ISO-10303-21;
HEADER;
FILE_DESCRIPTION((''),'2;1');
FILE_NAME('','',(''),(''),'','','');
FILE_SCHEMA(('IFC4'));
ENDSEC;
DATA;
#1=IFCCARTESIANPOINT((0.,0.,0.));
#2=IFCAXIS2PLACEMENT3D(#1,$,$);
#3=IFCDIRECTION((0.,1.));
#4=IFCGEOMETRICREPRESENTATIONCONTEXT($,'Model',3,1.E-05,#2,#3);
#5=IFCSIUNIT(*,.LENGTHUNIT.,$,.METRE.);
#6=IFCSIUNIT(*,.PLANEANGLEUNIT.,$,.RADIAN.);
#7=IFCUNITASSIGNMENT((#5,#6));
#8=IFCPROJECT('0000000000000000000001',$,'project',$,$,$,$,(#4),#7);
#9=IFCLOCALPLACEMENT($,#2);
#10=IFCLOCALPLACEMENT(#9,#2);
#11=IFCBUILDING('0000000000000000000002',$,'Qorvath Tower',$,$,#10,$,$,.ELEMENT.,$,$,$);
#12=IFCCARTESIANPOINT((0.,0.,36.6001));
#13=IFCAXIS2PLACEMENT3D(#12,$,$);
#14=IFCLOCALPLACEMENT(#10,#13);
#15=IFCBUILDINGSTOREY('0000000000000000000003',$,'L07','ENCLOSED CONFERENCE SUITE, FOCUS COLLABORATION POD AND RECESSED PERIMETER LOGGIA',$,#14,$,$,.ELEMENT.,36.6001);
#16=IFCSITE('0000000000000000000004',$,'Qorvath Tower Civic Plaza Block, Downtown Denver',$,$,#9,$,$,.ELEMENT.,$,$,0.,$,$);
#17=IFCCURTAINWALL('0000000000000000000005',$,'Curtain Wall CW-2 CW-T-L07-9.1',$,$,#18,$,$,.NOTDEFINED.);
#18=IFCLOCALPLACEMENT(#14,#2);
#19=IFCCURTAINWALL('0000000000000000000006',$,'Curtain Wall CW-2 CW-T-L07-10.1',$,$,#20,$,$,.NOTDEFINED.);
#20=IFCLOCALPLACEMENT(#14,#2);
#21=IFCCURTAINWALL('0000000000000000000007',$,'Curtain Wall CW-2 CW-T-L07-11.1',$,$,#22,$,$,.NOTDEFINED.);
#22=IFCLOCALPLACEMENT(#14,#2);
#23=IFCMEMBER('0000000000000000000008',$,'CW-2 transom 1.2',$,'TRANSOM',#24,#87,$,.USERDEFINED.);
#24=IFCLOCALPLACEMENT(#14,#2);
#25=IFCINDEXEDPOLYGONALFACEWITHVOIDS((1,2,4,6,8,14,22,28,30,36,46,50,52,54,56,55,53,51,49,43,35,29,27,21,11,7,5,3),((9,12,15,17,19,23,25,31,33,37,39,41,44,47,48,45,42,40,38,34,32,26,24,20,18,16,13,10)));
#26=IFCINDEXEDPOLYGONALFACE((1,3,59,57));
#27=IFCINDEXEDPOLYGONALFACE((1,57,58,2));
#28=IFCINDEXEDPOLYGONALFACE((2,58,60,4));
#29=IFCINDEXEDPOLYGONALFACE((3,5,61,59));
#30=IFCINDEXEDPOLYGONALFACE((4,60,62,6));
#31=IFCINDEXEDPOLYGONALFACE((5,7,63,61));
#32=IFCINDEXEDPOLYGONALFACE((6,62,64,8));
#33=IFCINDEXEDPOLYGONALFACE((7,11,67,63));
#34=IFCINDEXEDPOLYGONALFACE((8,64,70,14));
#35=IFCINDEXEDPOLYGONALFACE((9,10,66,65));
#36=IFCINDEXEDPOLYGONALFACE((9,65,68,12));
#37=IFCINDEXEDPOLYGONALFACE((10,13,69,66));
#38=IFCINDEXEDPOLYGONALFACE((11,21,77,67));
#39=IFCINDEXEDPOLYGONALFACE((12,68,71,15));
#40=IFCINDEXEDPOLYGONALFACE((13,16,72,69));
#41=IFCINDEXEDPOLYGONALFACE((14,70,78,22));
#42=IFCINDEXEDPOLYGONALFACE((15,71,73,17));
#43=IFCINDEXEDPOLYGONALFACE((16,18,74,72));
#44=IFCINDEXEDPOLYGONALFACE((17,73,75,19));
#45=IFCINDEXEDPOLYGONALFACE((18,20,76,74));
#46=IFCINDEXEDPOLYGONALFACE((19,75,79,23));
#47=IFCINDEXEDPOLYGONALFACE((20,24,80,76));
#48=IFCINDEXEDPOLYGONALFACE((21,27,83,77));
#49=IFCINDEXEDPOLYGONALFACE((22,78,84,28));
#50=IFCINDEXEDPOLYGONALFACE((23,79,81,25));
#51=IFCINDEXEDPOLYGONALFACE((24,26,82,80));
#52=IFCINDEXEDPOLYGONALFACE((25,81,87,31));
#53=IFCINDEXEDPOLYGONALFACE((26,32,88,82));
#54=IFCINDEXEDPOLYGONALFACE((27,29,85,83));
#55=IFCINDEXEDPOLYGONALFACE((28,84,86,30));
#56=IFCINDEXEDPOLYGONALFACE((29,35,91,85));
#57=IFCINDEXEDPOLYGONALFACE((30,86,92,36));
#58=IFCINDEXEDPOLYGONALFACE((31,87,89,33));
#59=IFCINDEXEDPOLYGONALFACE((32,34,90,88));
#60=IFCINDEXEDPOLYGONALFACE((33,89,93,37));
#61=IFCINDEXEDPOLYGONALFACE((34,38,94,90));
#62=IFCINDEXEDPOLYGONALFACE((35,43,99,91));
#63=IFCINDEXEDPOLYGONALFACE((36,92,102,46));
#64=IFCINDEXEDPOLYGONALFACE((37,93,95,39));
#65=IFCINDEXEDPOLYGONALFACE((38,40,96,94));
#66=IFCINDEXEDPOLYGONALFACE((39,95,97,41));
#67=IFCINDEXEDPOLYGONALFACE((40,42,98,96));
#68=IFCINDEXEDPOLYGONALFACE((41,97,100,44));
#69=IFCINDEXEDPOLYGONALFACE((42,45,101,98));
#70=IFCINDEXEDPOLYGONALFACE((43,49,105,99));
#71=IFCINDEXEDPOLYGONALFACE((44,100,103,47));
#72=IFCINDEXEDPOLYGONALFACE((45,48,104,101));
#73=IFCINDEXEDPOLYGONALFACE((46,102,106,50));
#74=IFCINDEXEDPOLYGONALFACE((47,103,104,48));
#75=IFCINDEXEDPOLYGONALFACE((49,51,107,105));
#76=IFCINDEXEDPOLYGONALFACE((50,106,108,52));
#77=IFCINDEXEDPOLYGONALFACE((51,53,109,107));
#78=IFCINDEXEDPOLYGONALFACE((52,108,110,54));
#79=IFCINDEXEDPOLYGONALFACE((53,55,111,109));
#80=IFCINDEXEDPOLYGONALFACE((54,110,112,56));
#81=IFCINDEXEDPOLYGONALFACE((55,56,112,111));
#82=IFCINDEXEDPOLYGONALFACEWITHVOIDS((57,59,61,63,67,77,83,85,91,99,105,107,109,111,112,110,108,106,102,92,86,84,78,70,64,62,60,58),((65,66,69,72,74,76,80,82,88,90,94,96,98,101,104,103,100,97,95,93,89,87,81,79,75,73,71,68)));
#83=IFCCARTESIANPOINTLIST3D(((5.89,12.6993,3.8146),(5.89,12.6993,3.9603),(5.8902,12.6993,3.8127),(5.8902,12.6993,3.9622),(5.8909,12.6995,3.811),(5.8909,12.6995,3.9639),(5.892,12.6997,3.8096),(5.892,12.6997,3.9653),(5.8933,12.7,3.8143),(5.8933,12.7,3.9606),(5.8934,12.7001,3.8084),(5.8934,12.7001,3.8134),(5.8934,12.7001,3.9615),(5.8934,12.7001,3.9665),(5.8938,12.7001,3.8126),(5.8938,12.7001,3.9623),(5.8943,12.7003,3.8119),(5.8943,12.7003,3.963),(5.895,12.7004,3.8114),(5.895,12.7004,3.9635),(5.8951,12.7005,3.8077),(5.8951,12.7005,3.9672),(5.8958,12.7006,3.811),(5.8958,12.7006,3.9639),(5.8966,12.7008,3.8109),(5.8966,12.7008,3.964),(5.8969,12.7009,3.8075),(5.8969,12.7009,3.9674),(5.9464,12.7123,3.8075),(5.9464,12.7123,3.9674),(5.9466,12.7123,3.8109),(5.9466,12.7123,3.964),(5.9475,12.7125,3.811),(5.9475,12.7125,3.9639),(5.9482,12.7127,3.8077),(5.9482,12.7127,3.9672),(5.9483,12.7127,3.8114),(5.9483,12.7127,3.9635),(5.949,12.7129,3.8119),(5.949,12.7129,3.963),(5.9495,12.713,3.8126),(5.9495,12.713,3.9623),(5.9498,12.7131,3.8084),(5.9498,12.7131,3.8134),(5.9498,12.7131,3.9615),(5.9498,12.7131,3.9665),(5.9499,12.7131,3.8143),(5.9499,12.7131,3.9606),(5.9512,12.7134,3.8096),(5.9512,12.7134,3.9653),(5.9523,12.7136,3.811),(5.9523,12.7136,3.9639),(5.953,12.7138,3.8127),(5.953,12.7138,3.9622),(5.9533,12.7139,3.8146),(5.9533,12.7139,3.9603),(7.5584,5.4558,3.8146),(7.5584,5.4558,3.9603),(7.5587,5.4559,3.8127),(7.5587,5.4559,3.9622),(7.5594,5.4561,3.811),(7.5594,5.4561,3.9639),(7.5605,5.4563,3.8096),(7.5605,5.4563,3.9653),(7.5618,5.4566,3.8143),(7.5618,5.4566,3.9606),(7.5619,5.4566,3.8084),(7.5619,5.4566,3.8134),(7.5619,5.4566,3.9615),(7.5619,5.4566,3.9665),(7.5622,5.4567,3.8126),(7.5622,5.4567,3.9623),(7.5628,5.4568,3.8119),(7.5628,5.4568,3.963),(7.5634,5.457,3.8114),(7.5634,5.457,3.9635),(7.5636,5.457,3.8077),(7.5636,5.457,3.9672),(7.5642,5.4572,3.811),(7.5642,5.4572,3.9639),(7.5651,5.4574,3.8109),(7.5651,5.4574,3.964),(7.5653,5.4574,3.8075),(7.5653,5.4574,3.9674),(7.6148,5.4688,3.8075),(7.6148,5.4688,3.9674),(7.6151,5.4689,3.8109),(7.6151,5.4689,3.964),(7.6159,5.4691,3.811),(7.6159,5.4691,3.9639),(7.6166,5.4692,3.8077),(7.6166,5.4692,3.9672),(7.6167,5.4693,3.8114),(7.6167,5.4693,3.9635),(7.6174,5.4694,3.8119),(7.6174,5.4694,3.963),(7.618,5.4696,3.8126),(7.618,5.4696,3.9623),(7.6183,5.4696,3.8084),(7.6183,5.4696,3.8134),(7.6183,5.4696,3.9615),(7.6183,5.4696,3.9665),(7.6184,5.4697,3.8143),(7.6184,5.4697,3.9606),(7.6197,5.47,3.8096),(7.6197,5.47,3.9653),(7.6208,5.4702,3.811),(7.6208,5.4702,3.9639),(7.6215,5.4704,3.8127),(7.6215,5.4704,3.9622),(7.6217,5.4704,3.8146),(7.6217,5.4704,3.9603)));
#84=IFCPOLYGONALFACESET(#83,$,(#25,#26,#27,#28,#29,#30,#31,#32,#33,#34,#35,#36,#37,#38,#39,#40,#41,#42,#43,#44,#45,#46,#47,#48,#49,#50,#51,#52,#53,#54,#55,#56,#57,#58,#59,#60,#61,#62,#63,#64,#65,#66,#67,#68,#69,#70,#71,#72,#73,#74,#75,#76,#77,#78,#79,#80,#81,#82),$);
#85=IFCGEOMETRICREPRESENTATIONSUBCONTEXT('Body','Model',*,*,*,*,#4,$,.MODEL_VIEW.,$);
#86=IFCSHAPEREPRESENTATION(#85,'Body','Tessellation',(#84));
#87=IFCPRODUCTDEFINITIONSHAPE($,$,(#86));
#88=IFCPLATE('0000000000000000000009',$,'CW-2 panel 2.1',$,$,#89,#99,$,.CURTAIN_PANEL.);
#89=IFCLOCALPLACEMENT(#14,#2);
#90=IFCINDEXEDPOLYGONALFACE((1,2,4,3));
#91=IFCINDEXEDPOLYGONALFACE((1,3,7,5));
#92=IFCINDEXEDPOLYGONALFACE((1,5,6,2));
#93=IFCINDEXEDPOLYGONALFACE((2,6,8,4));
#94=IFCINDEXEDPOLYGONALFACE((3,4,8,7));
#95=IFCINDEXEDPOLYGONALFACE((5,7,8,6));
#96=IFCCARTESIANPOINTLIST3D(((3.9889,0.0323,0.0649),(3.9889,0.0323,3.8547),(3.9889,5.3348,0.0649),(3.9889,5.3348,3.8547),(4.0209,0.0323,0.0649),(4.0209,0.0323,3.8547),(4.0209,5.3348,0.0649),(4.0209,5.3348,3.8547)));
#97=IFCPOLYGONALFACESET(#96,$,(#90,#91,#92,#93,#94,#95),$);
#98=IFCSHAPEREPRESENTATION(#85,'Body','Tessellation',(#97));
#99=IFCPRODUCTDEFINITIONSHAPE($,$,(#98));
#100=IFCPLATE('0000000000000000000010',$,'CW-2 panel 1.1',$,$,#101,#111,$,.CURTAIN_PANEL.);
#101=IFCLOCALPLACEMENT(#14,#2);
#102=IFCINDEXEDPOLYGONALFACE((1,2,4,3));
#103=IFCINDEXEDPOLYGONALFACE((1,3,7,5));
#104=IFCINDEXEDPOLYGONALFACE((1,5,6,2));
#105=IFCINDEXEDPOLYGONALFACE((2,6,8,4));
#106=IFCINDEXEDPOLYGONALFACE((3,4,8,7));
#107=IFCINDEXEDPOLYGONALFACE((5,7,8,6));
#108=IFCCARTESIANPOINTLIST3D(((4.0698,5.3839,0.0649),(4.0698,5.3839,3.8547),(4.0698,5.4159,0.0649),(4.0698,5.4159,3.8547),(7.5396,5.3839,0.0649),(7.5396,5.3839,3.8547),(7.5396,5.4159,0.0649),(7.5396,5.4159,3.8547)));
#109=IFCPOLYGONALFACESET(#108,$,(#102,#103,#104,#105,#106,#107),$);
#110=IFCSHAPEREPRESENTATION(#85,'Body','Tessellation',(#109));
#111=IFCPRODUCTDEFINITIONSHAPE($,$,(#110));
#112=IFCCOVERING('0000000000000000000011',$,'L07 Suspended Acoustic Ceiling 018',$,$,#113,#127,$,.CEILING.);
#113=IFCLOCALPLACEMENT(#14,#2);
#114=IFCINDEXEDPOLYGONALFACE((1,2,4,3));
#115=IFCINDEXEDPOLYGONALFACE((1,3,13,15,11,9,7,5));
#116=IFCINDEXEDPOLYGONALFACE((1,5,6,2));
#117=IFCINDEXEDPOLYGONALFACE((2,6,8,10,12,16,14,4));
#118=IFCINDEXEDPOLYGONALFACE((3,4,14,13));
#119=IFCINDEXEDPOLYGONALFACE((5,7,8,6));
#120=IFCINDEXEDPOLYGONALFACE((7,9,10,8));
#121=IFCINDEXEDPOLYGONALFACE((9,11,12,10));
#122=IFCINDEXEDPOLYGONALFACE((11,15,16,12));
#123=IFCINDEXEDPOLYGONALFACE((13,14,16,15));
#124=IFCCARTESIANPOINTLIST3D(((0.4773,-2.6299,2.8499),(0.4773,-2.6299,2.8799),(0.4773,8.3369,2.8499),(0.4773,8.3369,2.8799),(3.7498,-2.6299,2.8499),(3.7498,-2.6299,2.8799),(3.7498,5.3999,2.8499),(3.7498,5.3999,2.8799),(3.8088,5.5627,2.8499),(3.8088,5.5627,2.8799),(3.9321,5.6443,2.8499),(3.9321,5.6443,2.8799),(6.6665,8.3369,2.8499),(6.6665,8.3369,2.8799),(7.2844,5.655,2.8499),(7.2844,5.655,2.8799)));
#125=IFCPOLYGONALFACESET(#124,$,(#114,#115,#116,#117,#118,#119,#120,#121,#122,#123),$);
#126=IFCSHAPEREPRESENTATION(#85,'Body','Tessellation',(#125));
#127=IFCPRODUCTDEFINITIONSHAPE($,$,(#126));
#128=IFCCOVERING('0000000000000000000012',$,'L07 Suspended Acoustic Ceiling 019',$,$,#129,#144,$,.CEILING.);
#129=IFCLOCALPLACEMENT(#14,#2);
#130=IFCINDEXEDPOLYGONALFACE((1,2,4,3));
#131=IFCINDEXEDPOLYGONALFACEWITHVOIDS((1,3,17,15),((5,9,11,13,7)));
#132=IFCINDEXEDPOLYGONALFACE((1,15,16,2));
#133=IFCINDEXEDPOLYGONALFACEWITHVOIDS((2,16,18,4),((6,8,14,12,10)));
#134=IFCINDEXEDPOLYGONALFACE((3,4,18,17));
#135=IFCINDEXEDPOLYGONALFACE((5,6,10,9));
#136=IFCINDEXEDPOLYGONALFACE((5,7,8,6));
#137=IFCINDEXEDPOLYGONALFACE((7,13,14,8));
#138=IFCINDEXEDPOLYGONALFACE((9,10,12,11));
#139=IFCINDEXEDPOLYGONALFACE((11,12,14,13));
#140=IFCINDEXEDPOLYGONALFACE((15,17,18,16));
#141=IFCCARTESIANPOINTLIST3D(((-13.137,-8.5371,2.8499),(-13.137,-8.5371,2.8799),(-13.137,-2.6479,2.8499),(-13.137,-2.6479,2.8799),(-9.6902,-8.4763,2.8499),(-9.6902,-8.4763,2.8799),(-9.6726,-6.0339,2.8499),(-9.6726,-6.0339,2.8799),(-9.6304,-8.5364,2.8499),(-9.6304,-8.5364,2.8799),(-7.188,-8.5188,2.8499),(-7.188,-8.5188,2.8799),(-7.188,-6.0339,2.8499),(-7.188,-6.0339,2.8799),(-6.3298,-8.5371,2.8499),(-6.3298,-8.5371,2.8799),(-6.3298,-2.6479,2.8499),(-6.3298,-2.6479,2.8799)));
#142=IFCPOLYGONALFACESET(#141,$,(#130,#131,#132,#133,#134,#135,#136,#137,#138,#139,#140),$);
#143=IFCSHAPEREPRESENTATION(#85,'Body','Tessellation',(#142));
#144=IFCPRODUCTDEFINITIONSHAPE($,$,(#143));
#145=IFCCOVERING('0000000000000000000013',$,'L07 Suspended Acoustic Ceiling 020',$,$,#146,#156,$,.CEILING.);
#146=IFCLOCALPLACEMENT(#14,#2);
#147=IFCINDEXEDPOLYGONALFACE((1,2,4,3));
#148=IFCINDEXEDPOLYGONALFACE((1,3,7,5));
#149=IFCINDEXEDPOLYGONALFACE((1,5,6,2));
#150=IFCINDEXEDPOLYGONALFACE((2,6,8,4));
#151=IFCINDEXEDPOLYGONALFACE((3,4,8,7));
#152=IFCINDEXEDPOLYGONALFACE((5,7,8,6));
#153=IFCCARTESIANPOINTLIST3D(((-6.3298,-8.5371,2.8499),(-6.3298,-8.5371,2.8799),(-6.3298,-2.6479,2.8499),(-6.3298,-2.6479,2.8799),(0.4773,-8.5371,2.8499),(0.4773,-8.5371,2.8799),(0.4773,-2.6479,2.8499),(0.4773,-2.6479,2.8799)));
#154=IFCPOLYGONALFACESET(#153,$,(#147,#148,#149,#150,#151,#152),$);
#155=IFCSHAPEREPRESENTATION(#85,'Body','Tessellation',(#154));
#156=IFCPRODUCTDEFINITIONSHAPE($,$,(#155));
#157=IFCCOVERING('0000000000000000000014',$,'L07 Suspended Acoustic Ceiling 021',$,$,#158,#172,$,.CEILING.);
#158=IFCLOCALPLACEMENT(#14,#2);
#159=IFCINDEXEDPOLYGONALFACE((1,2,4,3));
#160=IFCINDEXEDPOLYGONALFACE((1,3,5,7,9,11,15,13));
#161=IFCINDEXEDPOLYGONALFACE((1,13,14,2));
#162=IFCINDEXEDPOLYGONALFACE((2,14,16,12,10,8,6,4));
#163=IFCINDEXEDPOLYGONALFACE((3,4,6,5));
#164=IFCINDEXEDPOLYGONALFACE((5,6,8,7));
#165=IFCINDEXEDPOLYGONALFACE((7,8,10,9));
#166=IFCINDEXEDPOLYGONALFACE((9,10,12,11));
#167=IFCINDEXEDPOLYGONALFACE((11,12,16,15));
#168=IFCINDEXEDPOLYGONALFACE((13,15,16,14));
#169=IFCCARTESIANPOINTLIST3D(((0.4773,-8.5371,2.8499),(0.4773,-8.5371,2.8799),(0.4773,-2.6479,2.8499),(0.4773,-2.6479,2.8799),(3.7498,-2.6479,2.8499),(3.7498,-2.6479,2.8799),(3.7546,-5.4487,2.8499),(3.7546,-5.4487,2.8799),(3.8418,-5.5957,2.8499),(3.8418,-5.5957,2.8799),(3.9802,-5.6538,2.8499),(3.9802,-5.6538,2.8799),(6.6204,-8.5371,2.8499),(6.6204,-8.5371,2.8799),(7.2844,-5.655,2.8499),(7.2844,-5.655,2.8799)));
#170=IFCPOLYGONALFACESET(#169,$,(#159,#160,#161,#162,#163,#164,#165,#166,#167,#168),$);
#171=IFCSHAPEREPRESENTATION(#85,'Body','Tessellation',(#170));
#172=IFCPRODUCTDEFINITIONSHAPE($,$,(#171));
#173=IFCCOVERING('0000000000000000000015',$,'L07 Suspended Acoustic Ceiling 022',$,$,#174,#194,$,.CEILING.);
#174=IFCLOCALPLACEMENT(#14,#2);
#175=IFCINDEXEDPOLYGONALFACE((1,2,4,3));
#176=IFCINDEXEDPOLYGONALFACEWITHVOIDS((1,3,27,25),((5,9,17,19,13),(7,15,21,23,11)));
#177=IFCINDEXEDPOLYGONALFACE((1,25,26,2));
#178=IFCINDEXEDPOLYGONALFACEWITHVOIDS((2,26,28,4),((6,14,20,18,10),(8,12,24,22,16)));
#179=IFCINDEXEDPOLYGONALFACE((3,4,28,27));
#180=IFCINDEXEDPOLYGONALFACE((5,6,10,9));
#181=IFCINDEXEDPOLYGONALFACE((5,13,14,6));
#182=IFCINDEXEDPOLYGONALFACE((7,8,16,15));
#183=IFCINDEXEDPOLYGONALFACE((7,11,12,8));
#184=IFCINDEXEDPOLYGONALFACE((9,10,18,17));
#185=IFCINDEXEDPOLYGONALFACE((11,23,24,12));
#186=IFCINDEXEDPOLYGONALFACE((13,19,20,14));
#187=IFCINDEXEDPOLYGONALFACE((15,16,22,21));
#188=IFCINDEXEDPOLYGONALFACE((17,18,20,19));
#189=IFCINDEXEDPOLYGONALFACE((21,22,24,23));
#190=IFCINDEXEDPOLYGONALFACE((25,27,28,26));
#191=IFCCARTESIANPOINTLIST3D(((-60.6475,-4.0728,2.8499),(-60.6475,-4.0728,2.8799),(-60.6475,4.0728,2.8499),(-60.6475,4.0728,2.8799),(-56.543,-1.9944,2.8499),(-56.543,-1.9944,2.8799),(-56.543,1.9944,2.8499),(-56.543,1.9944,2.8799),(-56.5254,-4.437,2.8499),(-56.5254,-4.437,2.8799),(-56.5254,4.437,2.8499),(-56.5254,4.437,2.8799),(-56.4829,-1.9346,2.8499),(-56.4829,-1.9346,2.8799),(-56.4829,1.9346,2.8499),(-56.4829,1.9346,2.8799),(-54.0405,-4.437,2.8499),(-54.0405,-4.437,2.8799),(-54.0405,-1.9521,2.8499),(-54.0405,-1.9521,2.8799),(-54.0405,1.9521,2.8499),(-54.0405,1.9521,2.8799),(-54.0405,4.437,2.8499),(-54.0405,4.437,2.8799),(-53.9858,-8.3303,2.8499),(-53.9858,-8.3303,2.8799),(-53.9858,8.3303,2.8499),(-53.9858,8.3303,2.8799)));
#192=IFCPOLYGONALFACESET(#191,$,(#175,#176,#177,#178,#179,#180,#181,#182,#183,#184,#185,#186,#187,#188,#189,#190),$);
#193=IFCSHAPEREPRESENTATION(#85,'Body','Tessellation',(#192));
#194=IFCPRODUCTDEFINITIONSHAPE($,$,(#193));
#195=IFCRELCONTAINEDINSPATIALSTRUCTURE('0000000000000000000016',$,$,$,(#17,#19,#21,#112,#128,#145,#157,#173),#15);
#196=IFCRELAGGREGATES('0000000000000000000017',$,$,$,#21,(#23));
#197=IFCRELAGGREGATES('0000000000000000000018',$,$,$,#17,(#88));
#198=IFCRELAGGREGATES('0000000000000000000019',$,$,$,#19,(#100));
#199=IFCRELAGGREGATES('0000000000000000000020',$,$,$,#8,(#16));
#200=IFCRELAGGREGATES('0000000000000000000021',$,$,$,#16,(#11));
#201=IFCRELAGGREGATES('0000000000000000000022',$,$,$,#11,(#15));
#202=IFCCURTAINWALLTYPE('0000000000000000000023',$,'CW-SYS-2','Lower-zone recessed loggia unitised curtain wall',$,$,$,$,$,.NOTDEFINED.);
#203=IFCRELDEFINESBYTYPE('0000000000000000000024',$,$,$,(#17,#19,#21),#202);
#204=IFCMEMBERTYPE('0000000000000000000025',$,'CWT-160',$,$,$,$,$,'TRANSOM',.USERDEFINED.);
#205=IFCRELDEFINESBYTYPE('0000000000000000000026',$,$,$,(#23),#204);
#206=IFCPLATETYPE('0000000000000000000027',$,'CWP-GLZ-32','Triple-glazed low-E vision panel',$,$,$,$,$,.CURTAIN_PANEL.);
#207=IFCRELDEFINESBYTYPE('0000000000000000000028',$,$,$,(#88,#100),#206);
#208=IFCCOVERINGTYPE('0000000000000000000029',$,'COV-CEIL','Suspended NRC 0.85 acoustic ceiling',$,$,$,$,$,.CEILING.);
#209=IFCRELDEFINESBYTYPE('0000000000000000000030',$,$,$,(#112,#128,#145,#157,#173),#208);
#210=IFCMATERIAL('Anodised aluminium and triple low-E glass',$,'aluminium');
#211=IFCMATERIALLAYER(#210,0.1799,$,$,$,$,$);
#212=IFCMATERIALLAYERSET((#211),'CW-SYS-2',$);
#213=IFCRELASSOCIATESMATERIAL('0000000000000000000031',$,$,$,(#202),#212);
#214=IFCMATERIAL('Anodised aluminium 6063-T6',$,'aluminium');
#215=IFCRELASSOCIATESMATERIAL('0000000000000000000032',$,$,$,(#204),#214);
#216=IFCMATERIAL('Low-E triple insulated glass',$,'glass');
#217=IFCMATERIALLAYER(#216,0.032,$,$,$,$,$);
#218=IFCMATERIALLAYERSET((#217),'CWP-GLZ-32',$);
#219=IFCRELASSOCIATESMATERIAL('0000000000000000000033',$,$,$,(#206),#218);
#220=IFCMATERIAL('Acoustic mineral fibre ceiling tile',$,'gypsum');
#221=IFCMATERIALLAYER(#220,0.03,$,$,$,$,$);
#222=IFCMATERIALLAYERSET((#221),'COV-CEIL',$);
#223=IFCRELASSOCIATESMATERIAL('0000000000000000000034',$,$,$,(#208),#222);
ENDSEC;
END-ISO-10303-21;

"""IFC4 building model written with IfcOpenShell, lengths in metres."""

from ifc_helpers import new_model, si_unit, direction, frame, origin, origin_2d, place, context, subcontext, project, spatial, polyline, rectangle, hollow_rectangle, outline, extrude, material, layer, layer_set, material_profile, profile_set, type_object, element, aggregate, save


model = new_model("IFC4")

# Units and contexts
model_context = context("Model", 3, precision=1e-05, world=origin(), true_north=direction((0.0, 1.0)))
body_context = subcontext(model_context, "Body", "Model", "MODEL_VIEW")
ifc_project = project(units=[si_unit("LENGTHUNIT", "METRE"), si_unit("PLANEANGLEUNIT", "RADIAN")], contexts=[model_context])

# Site, building, storey
site_placement = place(None, origin())
site = spatial("IfcSite", under=ifc_project, at=site_placement, Name="Qorvath Tower Civic Plaza Block, Downtown Denver", CompositionType="ELEMENT", RefElevation=0.0)
building_placement = place(site_placement, origin())
building = spatial("IfcBuilding", under=site, at=building_placement, Name="Qorvath Tower", CompositionType="ELEMENT")
storey_placement = place(building_placement, frame((0.0, 0.0, 36.6001)))
storey = spatial("IfcBuildingStorey", under=building, at=storey_placement, Name="L07", Description="ENCLOSED CONFERENCE SUITE, FOCUS COLLABORATION POD AND RECESSED PERIMETER LOGGIA", CompositionType="ELEMENT", Elevation=36.6001)

# Curtain walls
ifc_material_1 = material(Name="Anodised aluminium and triple low-E glass", Category="aluminium")
ifc_layer_1 = layer(ifc_material_1, 0.1799)
ifc_layer_set_1 = layer_set([ifc_layer_1], Name="CW-SYS-2")
curtain_wall_type = type_object("IfcCurtainWallType", Name="CW-SYS-2", Description="Lower-zone recessed loggia unitised curtain wall", PredefinedType="NOTDEFINED", material=ifc_layer_set_1)
curtain_wall_1_placement = place(storey_placement, origin())
curtain_wall_1 = element("IfcCurtainWall", 1, at=curtain_wall_1_placement, inside=storey, type_object=curtain_wall_type, Name="Curtain Wall CW-2 CW-T-L07-9.1", PredefinedType="NOTDEFINED")
curtain_wall_2_placement = place(storey_placement, origin())
curtain_wall_2 = element("IfcCurtainWall", 2, at=curtain_wall_2_placement, inside=storey, type_object=curtain_wall_type, Name="Curtain Wall CW-2 CW-T-L07-10.1", PredefinedType="NOTDEFINED")

# Curtain wall
curtain_wall_3_placement = place(storey_placement, origin())
curtain_wall_3 = element("IfcCurtainWall", 3, at=curtain_wall_3_placement, inside=storey, type_object=curtain_wall_type, Name="Curtain Wall CW-2 CW-T-L07-11.1", PredefinedType="NOTDEFINED")

# Member
ifc_material_2 = material(Name="Anodised aluminium 6063-T6", Category="aluminium")
ifc_material_profile_1 = material_profile(ifc_material_2, hollow_rectangle(XDim=0.0649, YDim=0.1599, WallThickness=0.0034, InnerFilletRadius=0.0034, OuterFilletRadius=0.0071, at=origin_2d()), Name="CWT 160x65")
ifc_profile_set_1 = profile_set([ifc_material_profile_1], Name="Anodised aluminium 6063-T6")
member_type_1 = type_object("IfcMemberType", Name="CWT-160", ElementType="TRANSOM", PredefinedType="USERDEFINED", material=ifc_profile_set_1)
member_1_placement = place(storey_placement, frame((7.5901, 5.4631, 3.8875), z_axis=(-0.224464, 0.974482, 0.0), x_axis=(-0.974482, -0.224464, 0.0)))
member_1 = element("IfcMember", 4, at=member_1_placement, type_object=member_type_1, Name="CW-2 transom 1.2", ObjectType="TRANSOM", PredefinedType="USERDEFINED", context=body_context, shape_type="SweptSolid", body=[
    extrude(hollow_rectangle(XDim=0.0649, YDim=0.1599, WallThickness=0.0034, InnerFilletRadius=0.0034, OuterFilletRadius=0.0071, at=origin_2d()), origin(), (0.0, 0.0, 1.0), 7.4331),
])
aggregate(curtain_wall_3, [member_1])

# Plates
ifc_material_3 = material(Name="Low-E triple insulated glass", Category="glass")
ifc_layer_2 = layer(ifc_material_3, 0.032)
ifc_layer_set_2 = layer_set([ifc_layer_2], Name="CWP-GLZ-32")
plate_type = type_object("IfcPlateType", Name="CWP-GLZ-32", Description="Triple-glazed low-E vision panel", PredefinedType="CURTAIN_PANEL", material=ifc_layer_set_2)
plate_1_placement = place(storey_placement, frame((4.0049, 2.6836, 0.0649), z_axis=(0.0, 0.0, 1.0), x_axis=(0.0, 1.0, 0.0)))
plate_1 = element("IfcPlate", 5, at=plate_1_placement, type_object=plate_type, Name="CW-2 panel 2.1", PredefinedType="CURTAIN_PANEL", context=body_context, shape_type="SweptSolid", body=[
    extrude(rectangle(XDim=5.3025, YDim=0.032, at=origin_2d()), origin(), (0.0, 0.0, 1.0), 3.7898),
])
aggregate(curtain_wall_1, [plate_1])
plate_2_placement = place(storey_placement, frame((5.8047, 5.3999, 0.0649), z_axis=(0.0, 0.0, 1.0), x_axis=(1.0, 0.0, 0.0)))
plate_2 = element("IfcPlate", 6, at=plate_2_placement, type_object=plate_type, Name="CW-2 panel 1.1", PredefinedType="CURTAIN_PANEL", context=body_context, shape_type="SweptSolid", body=[
    extrude(rectangle(XDim=3.4697, YDim=0.032, at=origin_2d()), origin(), (0.0, 0.0, 1.0), 3.7898),
])
aggregate(curtain_wall_2, [plate_2])

# Coverings
ifc_material_4 = material(Name="Acoustic mineral fibre ceiling tile", Category="gypsum")
ifc_layer_3 = layer(ifc_material_4, 0.03)
ifc_layer_set_3 = layer_set([ifc_layer_3], Name="COV-CEIL")
covering_type_1 = type_object("IfcCoveringType", Name="COV-CEIL", Description="Suspended NRC 0.85 acoustic ceiling", PredefinedType="CEILING", material=ifc_layer_set_3)
covering_1_placement = place(storey_placement, frame((0.0, 0.0, 2.8499)))
element("IfcCovering", 7, at=covering_1_placement, inside=storey, type_object=covering_type_1, Name="L07 Suspended Acoustic Ceiling 018", PredefinedType="CEILING", context=body_context, shape_type="SweptSolid", body=[
    extrude(outline(polyline([(3.8088, 5.5627), (3.9321, 5.6443), (7.2844, 5.655), (6.6665, 8.3369), (0.4773, 8.3369), (0.4773, -2.6299), (3.7498, -2.6299), (3.7498, 5.3999), (3.8088, 5.5627)])), origin(), (0.0, 0.0, 1.0), 0.03),
])
covering_2_placement = place(storey_placement, frame((0.0, 0.0, 2.8499)))
element("IfcCovering", 8, at=covering_2_placement, inside=storey, type_object=covering_type_1, Name="L07 Suspended Acoustic Ceiling 019", PredefinedType="CEILING", context=body_context, shape_type="SweptSolid", body=[
    extrude(outline(polyline([(-6.3298, -8.5371), (-6.3298, -2.6479), (-13.137, -2.6479), (-13.137, -8.5371), (-6.3298, -8.5371)]), holes=[polyline([(-9.6902, -8.4763), (-9.6726, -6.0339), (-7.188, -6.0339), (-7.188, -8.5188), (-9.6304, -8.5364), (-9.6902, -8.4763)])]), origin(), (0.0, 0.0, 1.0), 0.03),
])
covering_3_placement = place(storey_placement, frame((0.0, 0.0, 2.8499)))
element("IfcCovering", 9, at=covering_3_placement, inside=storey, type_object=covering_type_1, Name="L07 Suspended Acoustic Ceiling 020", PredefinedType="CEILING", context=body_context, shape_type="SweptSolid", body=[
    extrude(outline(polyline([(0.4773, -8.5371), (0.4773, -2.6479), (-6.3298, -2.6479), (-6.3298, -8.5371), (0.4773, -8.5371)])), origin(), (0.0, 0.0, 1.0), 0.03),
])
covering_4_placement = place(storey_placement, frame((0.0, 0.0, 2.8499)))
element("IfcCovering", 10, at=covering_4_placement, inside=storey, type_object=covering_type_1, Name="L07 Suspended Acoustic Ceiling 021", PredefinedType="CEILING", context=body_context, shape_type="SweptSolid", body=[
    extrude(outline(polyline([(3.8418, -5.5957), (3.7546, -5.4487), (3.7498, -2.6479), (0.4773, -2.6479), (0.4773, -8.5371), (6.6204, -8.5371), (7.2844, -5.655), (3.9802, -5.6538), (3.8418, -5.5957)])), origin(), (0.0, 0.0, 1.0), 0.03),
])
covering_5_placement = place(storey_placement, frame((0.0, 0.0, 2.8499)))
element("IfcCovering", 11, at=covering_5_placement, inside=storey, type_object=covering_type_1, Name="L07 Suspended Acoustic Ceiling 022", PredefinedType="CEILING", context=body_context, shape_type="SweptSolid", body=[
    extrude(outline(polyline([(-53.9858, -8.3303), (-53.9858, 8.3303), (-60.6475, 4.0728), (-60.6475, -4.0728), (-53.9858, -8.3303)]), holes=[polyline([(-56.543, -1.9944), (-56.4829, -1.9346), (-54.0405, -1.9521), (-54.0405, -4.437), (-56.5254, -4.437), (-56.543, -1.9944)]), polyline([(-56.543, 1.9944), (-56.5254, 4.437), (-54.0405, 4.437), (-54.0405, 1.9521), (-56.4829, 1.9346), (-56.543, 1.9944)])]), origin(), (0.0, 0.0, 1.0), 0.03),
])

save(model, "model.ifc")
